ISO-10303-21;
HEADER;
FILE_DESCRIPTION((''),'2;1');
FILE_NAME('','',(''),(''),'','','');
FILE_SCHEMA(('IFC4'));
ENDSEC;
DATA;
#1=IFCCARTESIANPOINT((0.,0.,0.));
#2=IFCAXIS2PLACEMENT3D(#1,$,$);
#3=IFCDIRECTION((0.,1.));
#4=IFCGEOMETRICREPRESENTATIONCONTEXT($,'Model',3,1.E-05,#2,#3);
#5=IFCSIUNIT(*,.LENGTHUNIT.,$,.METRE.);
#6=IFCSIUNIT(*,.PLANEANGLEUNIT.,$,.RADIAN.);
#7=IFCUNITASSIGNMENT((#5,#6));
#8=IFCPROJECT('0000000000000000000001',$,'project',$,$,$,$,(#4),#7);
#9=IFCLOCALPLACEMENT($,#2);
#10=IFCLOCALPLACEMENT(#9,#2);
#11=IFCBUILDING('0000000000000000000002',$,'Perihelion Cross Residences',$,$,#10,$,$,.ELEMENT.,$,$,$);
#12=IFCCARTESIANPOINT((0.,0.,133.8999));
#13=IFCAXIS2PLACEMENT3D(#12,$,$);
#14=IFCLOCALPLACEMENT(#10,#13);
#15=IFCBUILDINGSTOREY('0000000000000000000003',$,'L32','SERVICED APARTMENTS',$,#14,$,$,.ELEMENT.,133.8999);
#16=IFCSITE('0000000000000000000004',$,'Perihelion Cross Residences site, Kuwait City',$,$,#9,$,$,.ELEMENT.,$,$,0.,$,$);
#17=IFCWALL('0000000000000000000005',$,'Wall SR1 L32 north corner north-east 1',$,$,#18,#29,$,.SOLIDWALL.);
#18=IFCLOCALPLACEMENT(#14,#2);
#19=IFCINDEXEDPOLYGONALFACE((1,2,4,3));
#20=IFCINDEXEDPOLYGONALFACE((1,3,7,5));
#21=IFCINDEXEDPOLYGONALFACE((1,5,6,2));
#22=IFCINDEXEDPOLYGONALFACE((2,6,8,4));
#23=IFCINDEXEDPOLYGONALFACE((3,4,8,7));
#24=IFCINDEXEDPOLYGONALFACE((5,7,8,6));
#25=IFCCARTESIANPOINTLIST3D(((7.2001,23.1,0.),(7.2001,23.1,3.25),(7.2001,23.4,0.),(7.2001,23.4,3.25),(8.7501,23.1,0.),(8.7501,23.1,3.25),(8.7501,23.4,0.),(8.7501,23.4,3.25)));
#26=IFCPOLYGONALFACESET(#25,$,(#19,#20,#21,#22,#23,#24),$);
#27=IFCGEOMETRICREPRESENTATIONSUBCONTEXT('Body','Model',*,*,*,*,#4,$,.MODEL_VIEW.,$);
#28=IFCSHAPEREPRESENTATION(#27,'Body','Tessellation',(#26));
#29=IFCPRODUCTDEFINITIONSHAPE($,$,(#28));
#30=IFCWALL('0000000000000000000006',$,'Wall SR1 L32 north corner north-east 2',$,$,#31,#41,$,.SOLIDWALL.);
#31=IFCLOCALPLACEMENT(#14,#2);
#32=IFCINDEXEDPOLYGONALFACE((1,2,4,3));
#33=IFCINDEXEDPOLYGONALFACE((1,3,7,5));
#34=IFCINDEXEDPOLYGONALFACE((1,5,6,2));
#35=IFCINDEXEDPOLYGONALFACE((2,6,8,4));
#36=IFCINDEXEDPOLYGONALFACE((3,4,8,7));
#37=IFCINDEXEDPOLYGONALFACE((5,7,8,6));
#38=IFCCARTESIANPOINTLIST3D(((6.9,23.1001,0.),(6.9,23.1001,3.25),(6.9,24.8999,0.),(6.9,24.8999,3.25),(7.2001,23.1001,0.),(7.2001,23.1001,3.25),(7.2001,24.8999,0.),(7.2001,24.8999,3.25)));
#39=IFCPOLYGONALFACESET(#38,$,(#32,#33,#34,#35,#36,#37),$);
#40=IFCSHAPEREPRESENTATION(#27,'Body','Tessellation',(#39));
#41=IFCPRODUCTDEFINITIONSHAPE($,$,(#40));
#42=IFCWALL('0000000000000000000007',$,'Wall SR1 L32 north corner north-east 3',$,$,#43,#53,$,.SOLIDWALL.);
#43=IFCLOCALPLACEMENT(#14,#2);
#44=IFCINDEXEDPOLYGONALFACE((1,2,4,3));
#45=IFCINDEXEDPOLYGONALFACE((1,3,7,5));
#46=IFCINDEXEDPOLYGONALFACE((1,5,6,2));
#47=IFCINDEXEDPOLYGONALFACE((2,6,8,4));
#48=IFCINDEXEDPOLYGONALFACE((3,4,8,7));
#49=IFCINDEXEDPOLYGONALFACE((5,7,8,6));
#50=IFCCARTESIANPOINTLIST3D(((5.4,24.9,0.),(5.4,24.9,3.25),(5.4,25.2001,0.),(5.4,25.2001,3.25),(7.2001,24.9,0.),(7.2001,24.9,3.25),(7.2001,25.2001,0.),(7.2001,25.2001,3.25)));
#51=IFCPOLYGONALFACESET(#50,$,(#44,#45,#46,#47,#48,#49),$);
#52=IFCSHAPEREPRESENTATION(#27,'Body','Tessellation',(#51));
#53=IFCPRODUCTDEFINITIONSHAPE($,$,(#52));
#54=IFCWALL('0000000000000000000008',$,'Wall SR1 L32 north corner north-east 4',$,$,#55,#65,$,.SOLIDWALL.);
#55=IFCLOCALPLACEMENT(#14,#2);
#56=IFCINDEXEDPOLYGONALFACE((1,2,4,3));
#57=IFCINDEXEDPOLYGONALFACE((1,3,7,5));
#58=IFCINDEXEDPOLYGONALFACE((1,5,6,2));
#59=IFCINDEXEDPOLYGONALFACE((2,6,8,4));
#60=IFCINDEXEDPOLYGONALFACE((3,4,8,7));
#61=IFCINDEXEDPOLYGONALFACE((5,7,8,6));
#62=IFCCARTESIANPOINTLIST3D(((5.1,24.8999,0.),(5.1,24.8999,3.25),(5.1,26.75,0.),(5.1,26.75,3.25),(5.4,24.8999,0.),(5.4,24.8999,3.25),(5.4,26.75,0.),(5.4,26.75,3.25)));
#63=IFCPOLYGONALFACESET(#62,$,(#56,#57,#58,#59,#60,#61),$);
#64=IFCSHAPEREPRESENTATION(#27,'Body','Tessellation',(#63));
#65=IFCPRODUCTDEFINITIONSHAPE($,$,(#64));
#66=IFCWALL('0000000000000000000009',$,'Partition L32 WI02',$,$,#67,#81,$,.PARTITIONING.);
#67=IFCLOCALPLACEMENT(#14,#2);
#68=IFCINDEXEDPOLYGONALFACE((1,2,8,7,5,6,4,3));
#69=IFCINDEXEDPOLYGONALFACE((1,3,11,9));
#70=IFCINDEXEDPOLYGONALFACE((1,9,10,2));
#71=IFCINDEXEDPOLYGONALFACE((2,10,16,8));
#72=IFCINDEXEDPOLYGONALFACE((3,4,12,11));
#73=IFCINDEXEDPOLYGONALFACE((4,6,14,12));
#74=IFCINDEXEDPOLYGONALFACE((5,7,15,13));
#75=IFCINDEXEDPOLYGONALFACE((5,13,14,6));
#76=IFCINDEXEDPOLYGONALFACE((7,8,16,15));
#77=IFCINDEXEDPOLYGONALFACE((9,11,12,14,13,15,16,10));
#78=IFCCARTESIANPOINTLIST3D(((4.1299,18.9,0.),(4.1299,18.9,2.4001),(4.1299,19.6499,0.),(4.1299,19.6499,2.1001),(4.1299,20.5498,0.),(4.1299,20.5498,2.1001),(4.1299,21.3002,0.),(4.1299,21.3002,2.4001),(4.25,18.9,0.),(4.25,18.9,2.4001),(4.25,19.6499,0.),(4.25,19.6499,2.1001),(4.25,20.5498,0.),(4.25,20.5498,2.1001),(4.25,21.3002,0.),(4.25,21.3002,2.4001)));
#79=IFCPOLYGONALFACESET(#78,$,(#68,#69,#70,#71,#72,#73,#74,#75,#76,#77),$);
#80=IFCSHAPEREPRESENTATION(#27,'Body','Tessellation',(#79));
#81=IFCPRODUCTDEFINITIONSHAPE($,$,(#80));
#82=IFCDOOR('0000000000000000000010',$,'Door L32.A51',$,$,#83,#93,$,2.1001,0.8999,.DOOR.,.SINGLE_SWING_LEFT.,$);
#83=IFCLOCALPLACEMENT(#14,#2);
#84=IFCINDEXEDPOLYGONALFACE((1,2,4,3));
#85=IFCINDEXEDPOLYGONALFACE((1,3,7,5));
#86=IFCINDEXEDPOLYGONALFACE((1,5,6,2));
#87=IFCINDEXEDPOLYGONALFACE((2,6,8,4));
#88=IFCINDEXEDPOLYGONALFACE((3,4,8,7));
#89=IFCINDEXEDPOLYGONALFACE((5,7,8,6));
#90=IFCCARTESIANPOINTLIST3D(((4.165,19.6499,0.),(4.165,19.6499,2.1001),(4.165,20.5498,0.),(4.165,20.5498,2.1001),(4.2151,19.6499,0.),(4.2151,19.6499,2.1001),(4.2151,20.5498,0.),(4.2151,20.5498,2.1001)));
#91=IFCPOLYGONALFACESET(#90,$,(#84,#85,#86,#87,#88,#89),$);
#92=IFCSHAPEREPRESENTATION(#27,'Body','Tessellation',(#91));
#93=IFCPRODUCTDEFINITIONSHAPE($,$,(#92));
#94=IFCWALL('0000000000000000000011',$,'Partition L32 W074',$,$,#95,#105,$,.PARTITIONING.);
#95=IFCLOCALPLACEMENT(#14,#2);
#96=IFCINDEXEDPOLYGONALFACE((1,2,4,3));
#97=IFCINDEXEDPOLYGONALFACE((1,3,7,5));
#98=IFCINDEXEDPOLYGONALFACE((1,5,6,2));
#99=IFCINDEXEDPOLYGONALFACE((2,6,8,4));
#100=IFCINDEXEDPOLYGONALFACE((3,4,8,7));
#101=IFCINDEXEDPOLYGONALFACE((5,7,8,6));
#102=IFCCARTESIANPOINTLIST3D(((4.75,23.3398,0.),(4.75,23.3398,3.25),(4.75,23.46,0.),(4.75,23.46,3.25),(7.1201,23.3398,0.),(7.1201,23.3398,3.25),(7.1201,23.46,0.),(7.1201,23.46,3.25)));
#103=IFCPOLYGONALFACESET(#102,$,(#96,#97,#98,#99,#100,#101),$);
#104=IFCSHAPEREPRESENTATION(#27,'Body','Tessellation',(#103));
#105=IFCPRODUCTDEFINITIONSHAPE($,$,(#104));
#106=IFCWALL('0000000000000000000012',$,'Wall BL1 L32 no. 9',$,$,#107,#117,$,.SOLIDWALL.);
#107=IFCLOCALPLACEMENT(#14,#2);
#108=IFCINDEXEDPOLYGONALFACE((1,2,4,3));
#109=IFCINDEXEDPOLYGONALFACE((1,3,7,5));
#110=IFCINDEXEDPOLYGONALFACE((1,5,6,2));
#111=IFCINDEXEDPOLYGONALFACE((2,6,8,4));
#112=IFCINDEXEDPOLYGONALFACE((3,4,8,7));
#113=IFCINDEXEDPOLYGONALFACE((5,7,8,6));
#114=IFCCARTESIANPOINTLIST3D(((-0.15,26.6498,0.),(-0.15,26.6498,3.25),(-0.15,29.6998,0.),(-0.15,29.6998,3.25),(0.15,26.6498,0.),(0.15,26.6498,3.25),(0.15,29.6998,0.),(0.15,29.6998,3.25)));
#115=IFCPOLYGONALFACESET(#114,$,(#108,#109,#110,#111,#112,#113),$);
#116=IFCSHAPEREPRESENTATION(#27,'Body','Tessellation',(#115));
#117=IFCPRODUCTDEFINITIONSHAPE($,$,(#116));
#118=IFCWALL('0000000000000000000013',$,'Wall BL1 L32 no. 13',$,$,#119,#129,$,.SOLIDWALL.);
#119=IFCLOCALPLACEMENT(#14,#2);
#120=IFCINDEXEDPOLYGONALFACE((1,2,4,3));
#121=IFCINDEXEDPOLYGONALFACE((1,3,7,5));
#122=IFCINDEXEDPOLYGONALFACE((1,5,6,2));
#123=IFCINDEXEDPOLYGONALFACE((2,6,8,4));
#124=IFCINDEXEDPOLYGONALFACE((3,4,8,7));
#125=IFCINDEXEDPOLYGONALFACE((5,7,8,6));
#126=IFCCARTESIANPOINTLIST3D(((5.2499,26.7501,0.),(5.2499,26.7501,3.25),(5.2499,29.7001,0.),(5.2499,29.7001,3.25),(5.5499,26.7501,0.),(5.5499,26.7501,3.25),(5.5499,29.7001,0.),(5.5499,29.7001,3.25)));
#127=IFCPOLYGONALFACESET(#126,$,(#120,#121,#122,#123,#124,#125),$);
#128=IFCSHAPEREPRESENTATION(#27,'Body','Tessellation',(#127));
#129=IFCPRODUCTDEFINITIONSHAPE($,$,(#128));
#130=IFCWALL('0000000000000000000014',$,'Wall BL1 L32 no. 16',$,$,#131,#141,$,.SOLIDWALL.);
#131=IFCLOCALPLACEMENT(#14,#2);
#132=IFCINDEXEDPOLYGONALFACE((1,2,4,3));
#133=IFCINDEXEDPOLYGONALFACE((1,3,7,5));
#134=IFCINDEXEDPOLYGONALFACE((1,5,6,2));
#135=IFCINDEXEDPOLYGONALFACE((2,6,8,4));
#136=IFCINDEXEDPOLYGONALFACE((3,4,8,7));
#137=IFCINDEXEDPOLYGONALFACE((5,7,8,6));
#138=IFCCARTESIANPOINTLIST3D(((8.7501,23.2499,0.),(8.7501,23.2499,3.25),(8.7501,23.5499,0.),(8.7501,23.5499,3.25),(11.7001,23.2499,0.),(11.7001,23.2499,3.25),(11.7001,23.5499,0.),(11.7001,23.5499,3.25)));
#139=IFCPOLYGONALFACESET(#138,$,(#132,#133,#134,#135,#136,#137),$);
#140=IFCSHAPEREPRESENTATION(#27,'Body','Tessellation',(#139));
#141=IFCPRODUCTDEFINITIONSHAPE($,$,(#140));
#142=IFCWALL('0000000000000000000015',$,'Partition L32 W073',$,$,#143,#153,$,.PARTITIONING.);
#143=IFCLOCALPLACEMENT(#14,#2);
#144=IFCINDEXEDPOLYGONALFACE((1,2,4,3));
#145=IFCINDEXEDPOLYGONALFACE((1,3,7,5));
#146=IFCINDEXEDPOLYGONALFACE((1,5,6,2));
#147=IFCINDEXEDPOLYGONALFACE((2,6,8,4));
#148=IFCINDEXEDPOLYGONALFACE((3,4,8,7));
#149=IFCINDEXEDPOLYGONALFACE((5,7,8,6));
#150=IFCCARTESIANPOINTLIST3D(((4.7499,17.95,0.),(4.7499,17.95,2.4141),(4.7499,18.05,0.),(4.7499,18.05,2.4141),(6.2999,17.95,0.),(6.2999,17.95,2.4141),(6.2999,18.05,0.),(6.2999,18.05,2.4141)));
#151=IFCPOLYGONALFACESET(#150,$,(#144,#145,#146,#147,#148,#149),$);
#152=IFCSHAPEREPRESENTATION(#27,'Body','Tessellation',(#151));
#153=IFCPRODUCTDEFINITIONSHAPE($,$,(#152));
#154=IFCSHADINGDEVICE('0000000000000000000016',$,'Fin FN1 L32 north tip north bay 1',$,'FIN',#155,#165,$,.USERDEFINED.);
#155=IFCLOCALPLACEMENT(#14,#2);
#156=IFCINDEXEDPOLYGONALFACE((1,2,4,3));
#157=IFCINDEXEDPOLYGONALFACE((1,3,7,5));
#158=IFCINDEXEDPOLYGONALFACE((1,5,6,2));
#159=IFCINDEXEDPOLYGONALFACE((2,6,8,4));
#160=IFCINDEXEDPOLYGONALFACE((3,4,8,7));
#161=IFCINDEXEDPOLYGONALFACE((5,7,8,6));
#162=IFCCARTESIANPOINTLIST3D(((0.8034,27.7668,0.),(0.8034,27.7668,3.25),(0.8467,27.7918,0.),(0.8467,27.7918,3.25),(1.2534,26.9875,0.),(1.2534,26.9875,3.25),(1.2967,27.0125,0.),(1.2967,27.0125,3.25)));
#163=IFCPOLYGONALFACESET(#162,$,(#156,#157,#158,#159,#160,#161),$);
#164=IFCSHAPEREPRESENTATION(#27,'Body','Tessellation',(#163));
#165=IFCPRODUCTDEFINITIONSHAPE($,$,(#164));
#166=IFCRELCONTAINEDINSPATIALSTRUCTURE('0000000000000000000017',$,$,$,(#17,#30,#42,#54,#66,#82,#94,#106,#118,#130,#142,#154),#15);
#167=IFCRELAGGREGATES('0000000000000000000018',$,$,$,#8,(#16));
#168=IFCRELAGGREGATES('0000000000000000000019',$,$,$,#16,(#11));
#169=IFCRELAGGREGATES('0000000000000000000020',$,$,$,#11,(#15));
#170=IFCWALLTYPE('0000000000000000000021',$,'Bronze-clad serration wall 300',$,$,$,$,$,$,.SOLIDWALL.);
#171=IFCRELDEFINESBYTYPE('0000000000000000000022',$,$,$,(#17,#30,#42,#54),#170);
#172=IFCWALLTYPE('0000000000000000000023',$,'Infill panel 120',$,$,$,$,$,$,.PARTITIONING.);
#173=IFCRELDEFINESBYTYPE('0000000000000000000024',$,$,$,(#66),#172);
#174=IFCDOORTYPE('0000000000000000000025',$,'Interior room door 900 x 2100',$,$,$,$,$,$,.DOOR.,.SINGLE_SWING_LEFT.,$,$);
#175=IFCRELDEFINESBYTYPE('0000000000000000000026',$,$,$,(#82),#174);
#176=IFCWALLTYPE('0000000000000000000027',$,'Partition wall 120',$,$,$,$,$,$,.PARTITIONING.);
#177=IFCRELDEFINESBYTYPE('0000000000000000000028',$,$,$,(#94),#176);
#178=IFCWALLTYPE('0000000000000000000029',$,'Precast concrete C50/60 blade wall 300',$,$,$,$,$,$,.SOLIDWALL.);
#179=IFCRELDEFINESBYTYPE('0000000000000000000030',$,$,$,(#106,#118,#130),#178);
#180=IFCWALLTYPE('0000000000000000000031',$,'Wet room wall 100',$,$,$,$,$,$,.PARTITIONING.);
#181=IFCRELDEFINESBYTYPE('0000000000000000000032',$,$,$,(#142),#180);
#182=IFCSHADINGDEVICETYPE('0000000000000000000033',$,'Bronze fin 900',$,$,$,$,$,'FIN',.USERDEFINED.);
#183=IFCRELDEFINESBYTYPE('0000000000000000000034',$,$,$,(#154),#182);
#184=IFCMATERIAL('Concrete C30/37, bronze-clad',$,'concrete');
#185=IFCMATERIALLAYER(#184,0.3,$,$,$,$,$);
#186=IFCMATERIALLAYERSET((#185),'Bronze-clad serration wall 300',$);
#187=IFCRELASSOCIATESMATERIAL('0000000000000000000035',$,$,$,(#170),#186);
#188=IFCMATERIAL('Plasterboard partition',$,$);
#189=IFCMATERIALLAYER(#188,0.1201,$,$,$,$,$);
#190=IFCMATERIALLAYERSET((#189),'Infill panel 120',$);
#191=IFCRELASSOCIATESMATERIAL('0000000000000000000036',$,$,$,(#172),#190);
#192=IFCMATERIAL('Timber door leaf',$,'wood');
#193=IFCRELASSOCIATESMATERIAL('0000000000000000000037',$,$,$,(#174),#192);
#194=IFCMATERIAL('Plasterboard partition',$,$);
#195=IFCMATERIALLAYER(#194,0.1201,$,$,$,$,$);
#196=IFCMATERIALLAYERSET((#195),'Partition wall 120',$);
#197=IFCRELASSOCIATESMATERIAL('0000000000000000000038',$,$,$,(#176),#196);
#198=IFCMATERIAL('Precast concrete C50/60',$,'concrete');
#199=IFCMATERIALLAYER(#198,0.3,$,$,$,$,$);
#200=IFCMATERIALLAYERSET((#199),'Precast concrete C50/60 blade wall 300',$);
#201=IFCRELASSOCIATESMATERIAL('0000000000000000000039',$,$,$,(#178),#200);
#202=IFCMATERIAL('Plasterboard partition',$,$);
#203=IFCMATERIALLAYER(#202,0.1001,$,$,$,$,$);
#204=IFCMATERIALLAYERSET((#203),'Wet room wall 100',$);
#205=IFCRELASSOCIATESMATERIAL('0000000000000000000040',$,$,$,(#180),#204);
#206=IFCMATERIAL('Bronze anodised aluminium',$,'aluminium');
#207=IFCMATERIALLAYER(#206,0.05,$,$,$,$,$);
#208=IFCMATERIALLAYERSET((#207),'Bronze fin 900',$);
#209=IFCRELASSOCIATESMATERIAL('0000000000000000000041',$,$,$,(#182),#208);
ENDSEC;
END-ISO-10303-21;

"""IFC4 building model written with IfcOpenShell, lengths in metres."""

from ifc_helpers import new_model, si_unit, direction, frame, frame_2d, origin, origin_2d, place, context, subcontext, project, spatial, rectangle, extrude, material, layer, layer_set, type_object, element, fill, save


model = new_model("IFC4")

# Units and contexts
model_context = context("Model", 3, precision=1e-05, world=origin(), true_north=direction((0.0, 1.0)))
body_context = subcontext(model_context, "Body", "Model", "MODEL_VIEW")
ifc_project = project(units=[si_unit("LENGTHUNIT", "METRE"), si_unit("PLANEANGLEUNIT", "RADIAN")], contexts=[model_context])

# Site, building, storey
site_placement = place(None, origin())
site = spatial("IfcSite", under=ifc_project, at=site_placement, Name="Perihelion Cross Residences site, Kuwait City", CompositionType="ELEMENT", RefElevation=0.0)
building_placement = place(site_placement, origin())
building = spatial("IfcBuilding", under=site, at=building_placement, Name="Perihelion Cross Residences", CompositionType="ELEMENT")
storey_placement = place(building_placement, frame((0.0, 0.0, 133.8999)))
storey = spatial("IfcBuildingStorey", under=building, at=storey_placement, Name="L32", Description="SERVICED APARTMENTS", CompositionType="ELEMENT", Elevation=133.8999)

# Walls
ifc_material_1 = material(Name="Concrete C30/37, bronze-clad", Category="concrete")
ifc_layer_1 = layer(ifc_material_1, 0.3)
ifc_layer_set_1 = layer_set([ifc_layer_1], Name="Bronze-clad serration wall 300")
wall_type_1 = type_object("IfcWallType", Name="Bronze-clad serration wall 300", PredefinedType="SOLIDWALL", material=ifc_layer_set_1)
wall_1_placement = place(storey_placement, frame((8.75, 23.25, 0.0), z_axis=(0.0, 0.0, 1.0), x_axis=(-1.0, 0.0, 0.0)))
element("IfcWall", 1, at=wall_1_placement, inside=storey, type_object=wall_type_1, Name="Wall SR1 L32 north corner north-east 1", PredefinedType="SOLIDWALL", context=body_context, shape_type="SweptSolid", body=[
    extrude(rectangle(XDim=1.55, YDim=0.3, at=frame_2d((0.7749, 0.0))), origin(), (0.0, 0.0, 1.0), 3.25),
])
wall_2_placement = place(storey_placement, frame((7.05, 23.1001, 0.0), z_axis=(0.0, 0.0, 1.0), x_axis=(0.0, 1.0, 0.0)))
element("IfcWall", 2, at=wall_2_placement, inside=storey, type_object=wall_type_1, Name="Wall SR1 L32 north corner north-east 2", PredefinedType="SOLIDWALL", context=body_context, shape_type="SweptSolid", body=[
    extrude(rectangle(XDim=1.7998, YDim=0.3, at=frame_2d((0.8999, 0.0))), origin(), (0.0, 0.0, 1.0), 3.25),
])
wall_3_placement = place(storey_placement, frame((7.2, 25.05, 0.0), z_axis=(0.0, 0.0, 1.0), x_axis=(-1.0, 0.0, 0.0)))
element("IfcWall", 3, at=wall_3_placement, inside=storey, type_object=wall_type_1, Name="Wall SR1 L32 north corner north-east 3", PredefinedType="SOLIDWALL", context=body_context, shape_type="SweptSolid", body=[
    extrude(rectangle(XDim=1.8, YDim=0.3, at=frame_2d((0.8999, 0.0))), origin(), (0.0, 0.0, 1.0), 3.25),
])
wall_4_placement = place(storey_placement, frame((5.25, 24.8999, 0.0), z_axis=(0.0, 0.0, 1.0), x_axis=(0.0, 1.0, 0.0)))
element("IfcWall", 4, at=wall_4_placement, inside=storey, type_object=wall_type_1, Name="Wall SR1 L32 north corner north-east 4", PredefinedType="SOLIDWALL", context=body_context, shape_type="SweptSolid", body=[
    extrude(rectangle(XDim=1.8501, YDim=0.3, at=frame_2d((0.925, 0.0))), origin(), (0.0, 0.0, 1.0), 3.25),
])

# Wall, opening, door
ifc_material_2 = material(Name="Plasterboard partition")
ifc_layer_2 = layer(ifc_material_2, 0.1201)
ifc_layer_set_2 = layer_set([ifc_layer_2], Name="Infill panel 120")
wall_type_2 = type_object("IfcWallType", Name="Infill panel 120", PredefinedType="PARTITIONING", material=ifc_layer_set_2)
wall_5_placement = place(storey_placement, frame((4.1899, 18.8999, 0.0), z_axis=(0.0, 0.0, 1.0), x_axis=(0.0, 1.0, 0.0)))
wall_5 = element("IfcWall", 5, at=wall_5_placement, inside=storey, type_object=wall_type_2, Name="Partition L32 WI02", PredefinedType="PARTITIONING", context=body_context, shape_type="SweptSolid", body=[
    extrude(rectangle(XDim=2.4001, YDim=0.1201, at=frame_2d((1.2002, 0.0))), origin(), (0.0, 0.0, 1.0), 2.4001),
])
opening_1_placement = place(wall_5_placement, frame((0.75, 0.0, 0.0)))
opening_1 = element("IfcOpeningElement", 6, at=opening_1_placement, cuts=wall_5, PredefinedType="OPENING", context=body_context, shape_type="SweptSolid", body=[
    extrude(rectangle(XDim=0.8999, YDim=2.1001, at=frame_2d((0.45, 1.05))), frame((0.0, 0.0701, 0.0), z_axis=(0.0, -1.0, 0.0), x_axis=(1.0, 0.0, 0.0)), (0.0, 0.0, 1.0), 0.1401),
])
ifc_material_3 = material(Name="Timber door leaf", Category="wood")
door_type_1 = type_object("IfcDoorType", Name="Interior room door 900 x 2100", OperationType="SINGLE_SWING_LEFT", PredefinedType="DOOR", material=ifc_material_3)
door_1_placement = place(opening_1_placement, origin())
door_1 = element("IfcDoor", 7, at=door_1_placement, inside=storey, type_object=door_type_1, Name="Door L32.A51", OperationType="SINGLE_SWING_LEFT", OverallHeight=2.1001, OverallWidth=0.8999, PredefinedType="DOOR", context=body_context, shape_type="SweptSolid", body=[
    extrude(rectangle(XDim=0.8999, YDim=2.1001, at=frame_2d((0.45, 1.05))), frame((0.0, 0.0249, 0.0), z_axis=(0.0, -1.0, 0.0), x_axis=(1.0, 0.0, 0.0)), (0.0, 0.0, 1.0), 0.05),
])
fill(opening_1, door_1)

# Walls
ifc_material_4 = material(Name="Plasterboard partition")
ifc_layer_3 = layer(ifc_material_4, 0.1201)
ifc_layer_set_3 = layer_set([ifc_layer_3], Name="Partition wall 120")
wall_type_3 = type_object("IfcWallType", Name="Partition wall 120", PredefinedType="PARTITIONING", material=ifc_layer_set_3)
wall_6_placement = place(storey_placement, frame((4.75, 23.3999, 0.0), z_axis=(0.0, 0.0, 1.0), x_axis=(1.0, 0.0, 0.0)))
element("IfcWall", 8, at=wall_6_placement, inside=storey, type_object=wall_type_3, Name="Partition L32 W074", PredefinedType="PARTITIONING", context=body_context, shape_type="SweptSolid", body=[
    extrude(rectangle(XDim=2.3701, YDim=0.1201, at=frame_2d((1.1851, 0.0))), origin(), (0.0, 0.0, 1.0), 3.25),
])
ifc_material_5 = material(Name="Precast concrete C50/60", Category="concrete")
ifc_layer_4 = layer(ifc_material_5, 0.3)
ifc_layer_set_4 = layer_set([ifc_layer_4], Name="Precast concrete C50/60 blade wall 300")
wall_type_4 = type_object("IfcWallType", Name="Precast concrete C50/60 blade wall 300", PredefinedType="SOLIDWALL", material=ifc_layer_set_4)
wall_7_placement = place(storey_placement, frame((0.0, 26.6499, 0.0), z_axis=(0.0, 0.0, 1.0), x_axis=(0.0, 1.0, 0.0)))
element("IfcWall", 9, at=wall_7_placement, inside=storey, type_object=wall_type_4, Name="Wall BL1 L32 no. 9", PredefinedType="SOLIDWALL", context=body_context, shape_type="SweptSolid", body=[
    extrude(rectangle(XDim=3.05, YDim=0.3, at=frame_2d((1.5249, 0.0))), origin(), (0.0, 0.0, 1.0), 3.25),
])
for number, where, z_axis, x_axis, name in (
    (10, (5.3999, 26.75, 0.0), (0.0, 0.0, 1.0), (0.0, 1.0, 0.0), "Wall BL1 L32 no. 13"),
    (11, (8.75, 23.3999, 0.0), (0.0, 0.0, 1.0), (1.0, 0.0, 0.0), "Wall BL1 L32 no. 16"),
):
    element("IfcWall", number, at=place(storey_placement, frame(where, z_axis=z_axis, x_axis=x_axis)), inside=storey, type_object=wall_type_4, Name=name, PredefinedType="SOLIDWALL", context=body_context, shape_type="SweptSolid", body=[
        extrude(rectangle(XDim=2.95, YDim=0.3, at=frame_2d((1.4751, 0.0))), origin(), (0.0, 0.0, 1.0), 3.25),
    ])
ifc_material_6 = material(Name="Plasterboard partition")
ifc_layer_5 = layer(ifc_material_6, 0.1001)
ifc_layer_set_5 = layer_set([ifc_layer_5], Name="Wet room wall 100")
wall_type_5 = type_object("IfcWallType", Name="Wet room wall 100", PredefinedType="PARTITIONING", material=ifc_layer_set_5)
wall_8_placement = place(storey_placement, frame((4.75, 18.0, 0.0), z_axis=(0.0, 0.0, 1.0), x_axis=(1.0, 0.0, 0.0)))
element("IfcWall", 12, at=wall_8_placement, inside=storey, type_object=wall_type_5, Name="Partition L32 W073", PredefinedType="PARTITIONING", context=body_context, shape_type="SweptSolid", body=[
    extrude(rectangle(XDim=1.55, YDim=0.1001, at=frame_2d((0.7749, 0.0))), origin(), (0.0, 0.0, 1.0), 2.4141),
])

# Shading device
ifc_material_7 = material(Name="Bronze anodised aluminium", Category="aluminium")
ifc_layer_6 = layer(ifc_material_7, 0.05)
ifc_layer_set_6 = layer_set([ifc_layer_6], Name="Bronze fin 900")
shading_device_type = type_object("IfcShadingDeviceType", Name="Bronze fin 900", ElementType="FIN", PredefinedType="USERDEFINED", material=ifc_layer_set_6)
shading_device_placement = place(storey_placement, frame((1.05, 27.3896, 0.0), z_axis=(0.0, 0.0, 1.0), x_axis=(-0.5, 0.866025, 0.0)))
element("IfcShadingDevice", 13, at=shading_device_placement, inside=storey, type_object=shading_device_type, Name="Fin FN1 L32 north tip north bay 1", ObjectType="FIN", PredefinedType="USERDEFINED", context=body_context, shape_type="SweptSolid", body=[
    extrude(rectangle(XDim=0.8999, YDim=0.05, at=origin_2d()), origin(), (0.0, 0.0, 1.0), 3.25),
])

save(model, "model.ifc")
